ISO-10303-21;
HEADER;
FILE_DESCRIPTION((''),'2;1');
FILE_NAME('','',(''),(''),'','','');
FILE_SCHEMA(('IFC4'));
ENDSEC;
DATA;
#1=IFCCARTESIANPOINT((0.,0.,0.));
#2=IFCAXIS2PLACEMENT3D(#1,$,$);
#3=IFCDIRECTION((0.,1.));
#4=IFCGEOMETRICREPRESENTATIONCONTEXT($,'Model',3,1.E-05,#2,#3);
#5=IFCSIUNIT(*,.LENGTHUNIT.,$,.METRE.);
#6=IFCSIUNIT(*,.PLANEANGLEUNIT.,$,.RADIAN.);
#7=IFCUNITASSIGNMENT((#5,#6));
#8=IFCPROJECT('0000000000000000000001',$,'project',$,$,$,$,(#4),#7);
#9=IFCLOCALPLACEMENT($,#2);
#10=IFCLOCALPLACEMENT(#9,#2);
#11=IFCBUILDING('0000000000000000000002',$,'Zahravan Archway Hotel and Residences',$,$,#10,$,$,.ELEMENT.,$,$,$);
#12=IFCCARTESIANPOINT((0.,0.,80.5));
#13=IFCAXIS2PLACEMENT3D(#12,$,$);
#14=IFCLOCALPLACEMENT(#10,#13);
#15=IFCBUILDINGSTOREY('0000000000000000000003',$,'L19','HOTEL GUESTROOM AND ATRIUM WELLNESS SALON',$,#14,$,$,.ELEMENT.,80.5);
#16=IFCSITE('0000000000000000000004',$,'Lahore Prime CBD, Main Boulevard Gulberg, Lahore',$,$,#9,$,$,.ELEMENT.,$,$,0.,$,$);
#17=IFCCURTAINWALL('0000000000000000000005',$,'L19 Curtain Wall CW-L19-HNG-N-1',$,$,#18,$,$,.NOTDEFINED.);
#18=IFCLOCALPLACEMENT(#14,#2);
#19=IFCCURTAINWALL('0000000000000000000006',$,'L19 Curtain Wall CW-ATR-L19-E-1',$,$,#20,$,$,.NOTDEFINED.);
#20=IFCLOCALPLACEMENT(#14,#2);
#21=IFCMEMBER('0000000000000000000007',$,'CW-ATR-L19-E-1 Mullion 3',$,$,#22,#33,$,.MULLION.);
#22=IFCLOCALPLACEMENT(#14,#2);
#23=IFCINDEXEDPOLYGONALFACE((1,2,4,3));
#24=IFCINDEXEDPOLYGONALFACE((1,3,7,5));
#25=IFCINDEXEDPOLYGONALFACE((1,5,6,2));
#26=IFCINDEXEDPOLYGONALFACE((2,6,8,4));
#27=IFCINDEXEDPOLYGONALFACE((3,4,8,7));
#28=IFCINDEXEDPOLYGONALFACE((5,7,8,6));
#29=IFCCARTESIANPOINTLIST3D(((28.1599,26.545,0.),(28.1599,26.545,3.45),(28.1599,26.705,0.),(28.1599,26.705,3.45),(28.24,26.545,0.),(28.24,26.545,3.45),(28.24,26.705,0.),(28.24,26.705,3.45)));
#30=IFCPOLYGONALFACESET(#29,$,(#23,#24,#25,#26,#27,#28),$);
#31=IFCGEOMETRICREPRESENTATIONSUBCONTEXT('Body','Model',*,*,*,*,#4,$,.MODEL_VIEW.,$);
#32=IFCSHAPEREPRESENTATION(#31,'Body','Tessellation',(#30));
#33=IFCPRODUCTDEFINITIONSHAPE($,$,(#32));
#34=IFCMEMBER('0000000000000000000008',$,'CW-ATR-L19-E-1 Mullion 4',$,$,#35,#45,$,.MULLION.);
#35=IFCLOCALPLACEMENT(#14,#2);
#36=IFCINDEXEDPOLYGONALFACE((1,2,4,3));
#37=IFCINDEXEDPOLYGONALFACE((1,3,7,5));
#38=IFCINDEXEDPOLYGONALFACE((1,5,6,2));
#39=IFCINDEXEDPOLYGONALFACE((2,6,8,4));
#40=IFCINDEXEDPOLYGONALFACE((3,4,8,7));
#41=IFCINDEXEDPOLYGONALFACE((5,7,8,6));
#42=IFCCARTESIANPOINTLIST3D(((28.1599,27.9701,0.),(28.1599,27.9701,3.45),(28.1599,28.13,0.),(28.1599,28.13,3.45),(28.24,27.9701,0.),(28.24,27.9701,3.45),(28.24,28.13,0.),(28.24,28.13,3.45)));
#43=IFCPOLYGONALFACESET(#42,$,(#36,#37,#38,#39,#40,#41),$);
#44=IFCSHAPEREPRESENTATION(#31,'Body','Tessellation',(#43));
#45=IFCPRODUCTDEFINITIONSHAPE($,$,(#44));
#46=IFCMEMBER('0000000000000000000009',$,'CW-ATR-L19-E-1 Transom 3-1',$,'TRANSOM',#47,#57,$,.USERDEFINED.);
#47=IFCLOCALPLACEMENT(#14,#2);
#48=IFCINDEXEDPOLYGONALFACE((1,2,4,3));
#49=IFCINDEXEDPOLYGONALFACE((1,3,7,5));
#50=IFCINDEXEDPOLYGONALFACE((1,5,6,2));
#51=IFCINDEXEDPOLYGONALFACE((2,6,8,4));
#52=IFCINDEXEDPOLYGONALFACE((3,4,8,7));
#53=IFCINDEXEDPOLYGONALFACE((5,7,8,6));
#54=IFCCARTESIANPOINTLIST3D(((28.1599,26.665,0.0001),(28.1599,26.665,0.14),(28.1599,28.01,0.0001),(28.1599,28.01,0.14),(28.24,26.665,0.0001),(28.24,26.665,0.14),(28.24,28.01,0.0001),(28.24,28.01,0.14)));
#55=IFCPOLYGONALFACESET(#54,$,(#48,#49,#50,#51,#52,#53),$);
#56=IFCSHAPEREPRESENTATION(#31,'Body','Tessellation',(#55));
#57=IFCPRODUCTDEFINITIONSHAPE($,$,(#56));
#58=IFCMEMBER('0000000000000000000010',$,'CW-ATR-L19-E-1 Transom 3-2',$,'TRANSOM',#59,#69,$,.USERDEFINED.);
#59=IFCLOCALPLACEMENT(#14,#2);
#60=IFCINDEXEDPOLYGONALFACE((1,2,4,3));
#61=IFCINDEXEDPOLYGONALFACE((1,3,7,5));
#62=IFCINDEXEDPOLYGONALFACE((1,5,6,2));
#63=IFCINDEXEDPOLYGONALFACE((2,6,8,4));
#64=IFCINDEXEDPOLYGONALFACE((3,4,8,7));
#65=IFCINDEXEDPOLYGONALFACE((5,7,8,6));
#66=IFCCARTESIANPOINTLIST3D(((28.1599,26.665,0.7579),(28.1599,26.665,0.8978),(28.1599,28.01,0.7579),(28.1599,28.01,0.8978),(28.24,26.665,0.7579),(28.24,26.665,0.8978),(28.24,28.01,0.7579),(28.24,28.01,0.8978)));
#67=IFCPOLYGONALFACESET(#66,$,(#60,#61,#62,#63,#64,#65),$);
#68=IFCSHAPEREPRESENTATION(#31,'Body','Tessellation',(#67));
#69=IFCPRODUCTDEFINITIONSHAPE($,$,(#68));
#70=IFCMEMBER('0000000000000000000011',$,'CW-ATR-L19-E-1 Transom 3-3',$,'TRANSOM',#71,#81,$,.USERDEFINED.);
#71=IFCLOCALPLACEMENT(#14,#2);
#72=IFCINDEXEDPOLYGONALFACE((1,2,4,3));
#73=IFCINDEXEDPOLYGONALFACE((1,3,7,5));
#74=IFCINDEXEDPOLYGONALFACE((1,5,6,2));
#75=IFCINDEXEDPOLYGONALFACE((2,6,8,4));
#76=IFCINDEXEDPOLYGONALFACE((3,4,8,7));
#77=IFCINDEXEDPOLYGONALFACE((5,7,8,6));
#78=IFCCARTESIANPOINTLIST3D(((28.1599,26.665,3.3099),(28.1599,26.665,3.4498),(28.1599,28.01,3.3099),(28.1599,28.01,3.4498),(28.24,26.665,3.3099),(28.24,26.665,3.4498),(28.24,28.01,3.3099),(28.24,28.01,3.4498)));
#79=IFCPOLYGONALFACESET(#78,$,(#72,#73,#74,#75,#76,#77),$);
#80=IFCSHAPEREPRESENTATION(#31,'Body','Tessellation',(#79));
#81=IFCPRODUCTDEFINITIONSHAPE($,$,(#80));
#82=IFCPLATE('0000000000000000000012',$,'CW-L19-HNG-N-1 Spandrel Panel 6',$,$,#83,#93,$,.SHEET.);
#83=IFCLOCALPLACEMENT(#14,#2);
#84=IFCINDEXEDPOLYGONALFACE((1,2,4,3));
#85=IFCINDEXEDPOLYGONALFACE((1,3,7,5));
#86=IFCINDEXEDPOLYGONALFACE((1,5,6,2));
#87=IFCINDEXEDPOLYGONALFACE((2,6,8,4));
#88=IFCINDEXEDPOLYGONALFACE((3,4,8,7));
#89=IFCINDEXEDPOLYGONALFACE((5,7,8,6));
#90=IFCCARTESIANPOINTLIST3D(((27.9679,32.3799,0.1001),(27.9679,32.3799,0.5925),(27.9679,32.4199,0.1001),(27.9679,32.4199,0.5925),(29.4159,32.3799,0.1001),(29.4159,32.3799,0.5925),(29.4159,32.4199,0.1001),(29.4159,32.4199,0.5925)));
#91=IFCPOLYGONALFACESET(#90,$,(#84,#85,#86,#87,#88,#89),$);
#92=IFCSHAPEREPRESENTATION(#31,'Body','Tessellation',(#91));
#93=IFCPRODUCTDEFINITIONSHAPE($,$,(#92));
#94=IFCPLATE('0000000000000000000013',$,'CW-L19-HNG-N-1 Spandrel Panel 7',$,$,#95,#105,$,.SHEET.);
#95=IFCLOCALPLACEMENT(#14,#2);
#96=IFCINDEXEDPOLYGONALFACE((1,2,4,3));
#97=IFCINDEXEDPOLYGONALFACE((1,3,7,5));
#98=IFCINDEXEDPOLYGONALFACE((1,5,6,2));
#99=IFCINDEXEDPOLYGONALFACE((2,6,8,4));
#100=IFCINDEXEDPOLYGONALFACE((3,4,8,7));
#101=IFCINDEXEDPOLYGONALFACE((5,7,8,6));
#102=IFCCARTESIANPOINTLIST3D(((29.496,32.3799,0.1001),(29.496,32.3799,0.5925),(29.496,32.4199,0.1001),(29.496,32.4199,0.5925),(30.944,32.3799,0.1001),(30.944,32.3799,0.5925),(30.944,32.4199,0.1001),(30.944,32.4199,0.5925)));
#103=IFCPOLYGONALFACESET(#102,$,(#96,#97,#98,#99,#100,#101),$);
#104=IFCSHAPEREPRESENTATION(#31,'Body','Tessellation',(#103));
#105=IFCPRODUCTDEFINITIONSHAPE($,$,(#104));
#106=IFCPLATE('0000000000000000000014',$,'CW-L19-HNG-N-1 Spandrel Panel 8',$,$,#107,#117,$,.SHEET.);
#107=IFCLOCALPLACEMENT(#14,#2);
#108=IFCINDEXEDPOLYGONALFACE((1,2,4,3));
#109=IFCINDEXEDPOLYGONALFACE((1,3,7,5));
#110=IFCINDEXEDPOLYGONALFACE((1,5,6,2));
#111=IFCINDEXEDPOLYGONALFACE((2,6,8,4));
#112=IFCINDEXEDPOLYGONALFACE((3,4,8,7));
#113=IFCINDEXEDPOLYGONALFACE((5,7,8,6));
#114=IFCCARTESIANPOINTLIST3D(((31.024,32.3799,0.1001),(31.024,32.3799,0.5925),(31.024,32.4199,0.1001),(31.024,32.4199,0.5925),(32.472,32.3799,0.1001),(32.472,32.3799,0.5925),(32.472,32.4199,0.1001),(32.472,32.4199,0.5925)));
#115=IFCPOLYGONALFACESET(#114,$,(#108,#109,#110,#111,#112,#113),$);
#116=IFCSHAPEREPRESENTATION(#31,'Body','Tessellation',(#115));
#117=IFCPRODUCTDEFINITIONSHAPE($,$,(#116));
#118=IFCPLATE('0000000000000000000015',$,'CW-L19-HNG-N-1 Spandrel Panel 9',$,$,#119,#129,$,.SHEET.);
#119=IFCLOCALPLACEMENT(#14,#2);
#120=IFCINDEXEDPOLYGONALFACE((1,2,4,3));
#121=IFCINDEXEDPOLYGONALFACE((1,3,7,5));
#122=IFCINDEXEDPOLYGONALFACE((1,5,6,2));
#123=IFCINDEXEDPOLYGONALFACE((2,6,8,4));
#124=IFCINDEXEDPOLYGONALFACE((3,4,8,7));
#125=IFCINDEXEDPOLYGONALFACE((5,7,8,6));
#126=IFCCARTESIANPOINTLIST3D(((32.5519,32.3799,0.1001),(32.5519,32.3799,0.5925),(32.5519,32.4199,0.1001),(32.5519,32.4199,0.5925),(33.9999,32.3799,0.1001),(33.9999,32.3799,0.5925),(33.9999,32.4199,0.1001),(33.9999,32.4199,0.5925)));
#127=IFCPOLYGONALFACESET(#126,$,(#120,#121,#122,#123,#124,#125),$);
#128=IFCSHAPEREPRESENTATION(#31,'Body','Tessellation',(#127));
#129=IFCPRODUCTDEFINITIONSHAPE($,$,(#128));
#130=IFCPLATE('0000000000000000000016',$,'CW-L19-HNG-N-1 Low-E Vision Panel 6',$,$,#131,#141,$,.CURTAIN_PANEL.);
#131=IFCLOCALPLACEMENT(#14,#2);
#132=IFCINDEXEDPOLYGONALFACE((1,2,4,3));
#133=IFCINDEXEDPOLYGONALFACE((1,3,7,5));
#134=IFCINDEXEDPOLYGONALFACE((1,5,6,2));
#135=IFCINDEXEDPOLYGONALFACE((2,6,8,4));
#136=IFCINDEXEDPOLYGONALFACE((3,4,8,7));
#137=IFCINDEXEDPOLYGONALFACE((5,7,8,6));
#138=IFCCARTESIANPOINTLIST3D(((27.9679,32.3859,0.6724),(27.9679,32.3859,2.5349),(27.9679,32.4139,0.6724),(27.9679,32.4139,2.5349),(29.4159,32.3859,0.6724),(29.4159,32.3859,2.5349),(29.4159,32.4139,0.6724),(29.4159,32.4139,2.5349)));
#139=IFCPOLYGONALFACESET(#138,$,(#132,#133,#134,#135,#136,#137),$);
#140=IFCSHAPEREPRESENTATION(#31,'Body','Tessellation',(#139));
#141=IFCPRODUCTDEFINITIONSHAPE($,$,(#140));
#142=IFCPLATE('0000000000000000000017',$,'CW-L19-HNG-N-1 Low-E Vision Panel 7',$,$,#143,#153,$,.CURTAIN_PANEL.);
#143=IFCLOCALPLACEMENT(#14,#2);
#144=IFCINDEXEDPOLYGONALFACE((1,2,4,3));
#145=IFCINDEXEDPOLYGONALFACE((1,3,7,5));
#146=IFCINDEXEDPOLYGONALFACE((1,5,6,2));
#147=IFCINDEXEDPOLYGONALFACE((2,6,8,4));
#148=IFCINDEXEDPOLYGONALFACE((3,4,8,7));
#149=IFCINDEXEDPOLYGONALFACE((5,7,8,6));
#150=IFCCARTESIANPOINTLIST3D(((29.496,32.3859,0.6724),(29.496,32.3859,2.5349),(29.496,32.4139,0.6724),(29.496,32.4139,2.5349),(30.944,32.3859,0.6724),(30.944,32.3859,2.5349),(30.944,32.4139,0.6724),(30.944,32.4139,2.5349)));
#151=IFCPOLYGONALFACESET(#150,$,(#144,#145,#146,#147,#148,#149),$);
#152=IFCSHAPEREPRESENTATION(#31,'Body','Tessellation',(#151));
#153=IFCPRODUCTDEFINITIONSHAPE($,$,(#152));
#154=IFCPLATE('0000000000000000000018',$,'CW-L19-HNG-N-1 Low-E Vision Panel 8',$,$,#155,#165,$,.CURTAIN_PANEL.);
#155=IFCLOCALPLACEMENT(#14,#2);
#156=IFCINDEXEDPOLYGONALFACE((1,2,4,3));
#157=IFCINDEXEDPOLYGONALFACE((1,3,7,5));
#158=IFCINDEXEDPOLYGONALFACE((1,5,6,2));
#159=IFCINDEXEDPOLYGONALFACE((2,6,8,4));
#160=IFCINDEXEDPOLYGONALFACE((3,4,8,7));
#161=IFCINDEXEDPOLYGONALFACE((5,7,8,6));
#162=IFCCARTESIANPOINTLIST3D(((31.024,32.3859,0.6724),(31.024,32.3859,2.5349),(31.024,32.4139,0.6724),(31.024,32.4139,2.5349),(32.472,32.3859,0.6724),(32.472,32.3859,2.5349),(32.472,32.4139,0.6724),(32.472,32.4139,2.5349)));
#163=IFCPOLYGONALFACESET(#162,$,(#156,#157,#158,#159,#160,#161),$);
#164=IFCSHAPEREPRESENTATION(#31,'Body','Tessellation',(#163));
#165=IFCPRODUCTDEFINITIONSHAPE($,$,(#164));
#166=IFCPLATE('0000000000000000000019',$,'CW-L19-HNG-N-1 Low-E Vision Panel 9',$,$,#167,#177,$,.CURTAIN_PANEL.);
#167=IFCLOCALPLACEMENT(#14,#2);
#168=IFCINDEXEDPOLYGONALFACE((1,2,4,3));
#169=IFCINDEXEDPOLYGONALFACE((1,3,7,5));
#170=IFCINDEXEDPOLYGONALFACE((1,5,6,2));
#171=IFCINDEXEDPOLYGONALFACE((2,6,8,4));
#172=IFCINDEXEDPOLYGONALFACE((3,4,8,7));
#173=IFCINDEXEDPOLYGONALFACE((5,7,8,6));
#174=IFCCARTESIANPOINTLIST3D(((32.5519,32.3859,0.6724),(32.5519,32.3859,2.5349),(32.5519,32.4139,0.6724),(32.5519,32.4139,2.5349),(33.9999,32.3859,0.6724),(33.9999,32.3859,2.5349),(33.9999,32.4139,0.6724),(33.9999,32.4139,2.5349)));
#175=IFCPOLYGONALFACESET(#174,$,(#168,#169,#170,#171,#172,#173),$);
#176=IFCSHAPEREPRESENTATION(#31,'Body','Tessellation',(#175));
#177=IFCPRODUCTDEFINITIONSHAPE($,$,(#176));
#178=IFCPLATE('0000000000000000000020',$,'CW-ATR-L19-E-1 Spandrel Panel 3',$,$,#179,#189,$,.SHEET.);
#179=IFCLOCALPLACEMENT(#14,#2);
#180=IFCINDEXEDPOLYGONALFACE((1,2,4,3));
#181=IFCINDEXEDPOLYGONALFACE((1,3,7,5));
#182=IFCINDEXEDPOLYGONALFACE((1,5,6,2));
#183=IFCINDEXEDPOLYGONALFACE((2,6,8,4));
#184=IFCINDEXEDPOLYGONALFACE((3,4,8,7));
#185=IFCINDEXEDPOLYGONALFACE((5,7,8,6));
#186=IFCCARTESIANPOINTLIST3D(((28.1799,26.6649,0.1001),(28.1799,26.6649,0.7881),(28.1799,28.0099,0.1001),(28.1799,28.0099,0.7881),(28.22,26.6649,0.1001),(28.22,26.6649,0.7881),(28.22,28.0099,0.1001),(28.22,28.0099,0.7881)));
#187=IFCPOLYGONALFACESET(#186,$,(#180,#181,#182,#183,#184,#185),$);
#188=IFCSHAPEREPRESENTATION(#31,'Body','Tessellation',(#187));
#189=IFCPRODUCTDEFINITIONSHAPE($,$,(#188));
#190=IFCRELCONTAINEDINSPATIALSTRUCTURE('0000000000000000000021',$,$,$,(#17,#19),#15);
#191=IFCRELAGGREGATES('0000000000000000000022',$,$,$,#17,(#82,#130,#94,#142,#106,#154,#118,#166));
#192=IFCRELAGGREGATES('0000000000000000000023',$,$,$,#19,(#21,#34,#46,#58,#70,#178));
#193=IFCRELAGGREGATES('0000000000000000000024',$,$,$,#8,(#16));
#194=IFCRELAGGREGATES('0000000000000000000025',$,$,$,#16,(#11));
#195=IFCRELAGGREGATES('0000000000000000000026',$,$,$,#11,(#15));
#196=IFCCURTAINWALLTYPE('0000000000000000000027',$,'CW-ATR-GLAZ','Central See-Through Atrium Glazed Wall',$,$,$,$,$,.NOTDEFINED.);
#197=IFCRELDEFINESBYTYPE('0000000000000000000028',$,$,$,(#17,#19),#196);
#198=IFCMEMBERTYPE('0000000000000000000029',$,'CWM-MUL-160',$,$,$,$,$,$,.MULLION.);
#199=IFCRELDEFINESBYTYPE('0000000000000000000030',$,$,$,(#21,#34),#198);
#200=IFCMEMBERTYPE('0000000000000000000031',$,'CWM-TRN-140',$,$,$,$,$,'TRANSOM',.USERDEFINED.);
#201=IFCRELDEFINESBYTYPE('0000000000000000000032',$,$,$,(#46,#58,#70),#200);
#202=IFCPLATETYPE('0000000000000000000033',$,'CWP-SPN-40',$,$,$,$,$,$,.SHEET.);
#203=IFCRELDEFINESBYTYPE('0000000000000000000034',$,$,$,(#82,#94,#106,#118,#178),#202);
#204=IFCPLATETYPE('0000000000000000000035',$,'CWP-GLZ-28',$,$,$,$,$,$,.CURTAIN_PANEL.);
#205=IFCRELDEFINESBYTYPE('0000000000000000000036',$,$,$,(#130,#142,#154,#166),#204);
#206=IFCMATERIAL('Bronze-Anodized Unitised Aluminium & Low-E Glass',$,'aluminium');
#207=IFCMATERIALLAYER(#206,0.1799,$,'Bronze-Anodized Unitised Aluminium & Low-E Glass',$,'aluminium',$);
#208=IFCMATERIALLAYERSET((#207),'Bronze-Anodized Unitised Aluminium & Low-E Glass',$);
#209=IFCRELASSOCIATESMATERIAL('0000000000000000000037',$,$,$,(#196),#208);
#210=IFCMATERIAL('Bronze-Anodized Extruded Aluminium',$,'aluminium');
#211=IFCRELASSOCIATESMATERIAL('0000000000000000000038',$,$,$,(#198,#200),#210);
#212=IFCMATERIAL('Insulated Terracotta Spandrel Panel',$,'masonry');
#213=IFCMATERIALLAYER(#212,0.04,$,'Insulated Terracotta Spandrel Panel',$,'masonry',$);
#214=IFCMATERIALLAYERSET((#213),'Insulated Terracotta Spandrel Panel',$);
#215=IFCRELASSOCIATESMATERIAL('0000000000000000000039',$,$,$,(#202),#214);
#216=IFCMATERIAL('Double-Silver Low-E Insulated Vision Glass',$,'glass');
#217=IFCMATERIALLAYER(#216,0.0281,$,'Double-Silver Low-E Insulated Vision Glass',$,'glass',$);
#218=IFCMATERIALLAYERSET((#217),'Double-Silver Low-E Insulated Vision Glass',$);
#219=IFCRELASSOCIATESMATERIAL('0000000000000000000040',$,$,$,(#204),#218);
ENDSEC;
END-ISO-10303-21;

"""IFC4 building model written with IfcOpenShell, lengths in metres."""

from ifc_helpers import new_model, si_unit, direction, frame, origin, origin_2d, place, context, subcontext, project, spatial, rectangle, extrude, source, transform, mapped, material, layer, layer_set, material_profile, profile_set, type_object, element, aggregate, save


model = new_model("IFC4")

# Units and contexts
model_context = context("Model", 3, precision=1e-05, world=origin(), true_north=direction((0.0, 1.0)))
body_context = subcontext(model_context, "Body", "Model", "MODEL_VIEW")
ifc_project = project(units=[si_unit("LENGTHUNIT", "METRE"), si_unit("PLANEANGLEUNIT", "RADIAN")], contexts=[model_context])

# Site, building, storey
site_placement = place(None, origin())
site = spatial("IfcSite", under=ifc_project, at=site_placement, Name="Lahore Prime CBD, Main Boulevard Gulberg, Lahore", CompositionType="ELEMENT", RefElevation=0.0)
building_placement = place(site_placement, origin())
building = spatial("IfcBuilding", under=site, at=building_placement, Name="Zahravan Archway Hotel and Residences", CompositionType="ELEMENT")
storey_placement = place(building_placement, frame((0.0, 0.0, 80.5)))
storey = spatial("IfcBuildingStorey", under=building, at=storey_placement, Name="L19", Description="HOTEL GUESTROOM AND ATRIUM WELLNESS SALON", CompositionType="ELEMENT", Elevation=80.5)

# Curtain wall
ifc_material_1 = material(Name="Bronze-Anodized Unitised Aluminium & Low-E Glass", Category="aluminium")
ifc_layer_1 = layer(ifc_material_1, 0.1799, Name="Bronze-Anodized Unitised Aluminium & Low-E Glass", Category="aluminium")
ifc_layer_set_1 = layer_set([ifc_layer_1], Name="Bronze-Anodized Unitised Aluminium & Low-E Glass")
curtain_wall_type = type_object("IfcCurtainWallType", Name="CW-ATR-GLAZ", Description="Central See-Through Atrium Glazed Wall", PredefinedType="NOTDEFINED", material=ifc_layer_set_1)
curtain_wall_1_placement = place(storey_placement, origin())
curtain_wall_1 = element("IfcCurtainWall", 1, at=curtain_wall_1_placement, inside=storey, type_object=curtain_wall_type, Name="L19 Curtain Wall CW-L19-HNG-N-1", PredefinedType="NOTDEFINED")
ifc_material_2 = material(Name="Bronze-Anodized Extruded Aluminium", Category="aluminium")
ifc_material_profile_1 = material_profile(ifc_material_2, rectangle(XDim=0.0801, YDim=0.1599, at=origin_2d()), Name="MUL 80x160", Category="aluminium")
ifc_profile_set_1 = profile_set([ifc_material_profile_1], Name="Bronze-Anodized Extruded Aluminium")
member_type_1 = type_object("IfcMemberType", Name="CWM-MUL-160", PredefinedType="MULLION", material=ifc_profile_set_1)
ifc_material_profile_2 = material_profile(ifc_material_2, rectangle(XDim=0.0801, YDim=0.1399, at=origin_2d()), Name="TRN 80x140", Category="aluminium")
ifc_profile_set_2 = profile_set([ifc_material_profile_2], Name="Bronze-Anodized Extruded Aluminium")
member_type_2 = type_object("IfcMemberType", Name="CWM-TRN-140", ElementType="TRANSOM", PredefinedType="USERDEFINED", material=ifc_profile_set_2)

# Shared definitions
shared_shape_1 = source(origin(), body_context, "Body", "SweptSolid", [
    extrude(rectangle(XDim=0.0801, YDim=0.1599, at=origin_2d()), origin(), (0.0, 0.0, 1.0), 3.45),
])

# Curtain wall, members
curtain_wall_2_placement = place(storey_placement, origin())
curtain_wall_2 = element("IfcCurtainWall", 2, at=curtain_wall_2_placement, inside=storey, type_object=curtain_wall_type, Name="L19 Curtain Wall CW-ATR-L19-E-1", PredefinedType="NOTDEFINED")
member_1_placement = place(storey_placement, frame((28.2, 26.625, 0.0), z_axis=(0.0, 0.0, 1.0), x_axis=(1.0, 0.0, 0.0)))
member_1 = element("IfcMember", 3, at=member_1_placement, type_object=member_type_1, Name="CW-ATR-L19-E-1 Mullion 3", PredefinedType="MULLION", context=body_context, shape_type="MappedRepresentation", body=[
    mapped(shared_shape_1, transform((0.0, 0.0, 0.0), scale=1.0)),
])
member_2_placement = place(storey_placement, frame((28.2, 28.05, 0.0), z_axis=(0.0, 0.0, 1.0), x_axis=(1.0, 0.0, 0.0)))
member_2 = element("IfcMember", 4, at=member_2_placement, type_object=member_type_1, Name="CW-ATR-L19-E-1 Mullion 4", PredefinedType="MULLION", context=body_context, shape_type="MappedRepresentation", body=[
    mapped(shared_shape_1, transform((0.0, 0.0, 0.0), scale=1.0)),
])
shared_shape_2 = source(origin(), body_context, "Body", "SweptSolid", [
    extrude(rectangle(XDim=0.0801, YDim=0.1399, at=origin_2d()), origin(), (0.0, 0.0, 1.0), 1.345),
])
member_3_placement = place(storey_placement, frame((28.2, 26.665, 0.0701), z_axis=(0.0, 1.0, 0.0), x_axis=(-1.0, 0.0, 0.0)))
member_3 = element("IfcMember", 5, at=member_3_placement, type_object=member_type_2, Name="CW-ATR-L19-E-1 Transom 3-1", ObjectType="TRANSOM", PredefinedType="USERDEFINED", context=body_context, shape_type="MappedRepresentation", body=[
    mapped(shared_shape_2, transform((0.0, 0.0, 0.0), scale=1.0)),
])
member_4_placement = place(storey_placement, frame((28.2, 26.665, 0.8279), z_axis=(0.0, 1.0, 0.0), x_axis=(-1.0, 0.0, 0.0)))
member_4 = element("IfcMember", 6, at=member_4_placement, type_object=member_type_2, Name="CW-ATR-L19-E-1 Transom 3-2", ObjectType="TRANSOM", PredefinedType="USERDEFINED", context=body_context, shape_type="MappedRepresentation", body=[
    mapped(shared_shape_2, transform((0.0, 0.0, 0.0), scale=1.0)),
])
member_5_placement = place(storey_placement, frame((28.2, 26.665, 3.3799), z_axis=(0.0, 1.0, 0.0), x_axis=(-1.0, 0.0, 0.0)))
member_5 = element("IfcMember", 7, at=member_5_placement, type_object=member_type_2, Name="CW-ATR-L19-E-1 Transom 3-3", ObjectType="TRANSOM", PredefinedType="USERDEFINED", context=body_context, shape_type="MappedRepresentation", body=[
    mapped(shared_shape_2, transform((0.0, 0.0, 0.0), scale=1.0)),
])

# Plates
ifc_material_3 = material(Name="Insulated Terracotta Spandrel Panel", Category="masonry")
ifc_layer_2 = layer(ifc_material_3, 0.04, Name="Insulated Terracotta Spandrel Panel", Category="masonry")
ifc_layer_set_2 = layer_set([ifc_layer_2], Name="Insulated Terracotta Spandrel Panel")
plate_type_1 = type_object("IfcPlateType", Name="CWP-SPN-40", PredefinedType="SHEET", material=ifc_layer_set_2)
shared_shape_3 = source(origin(), body_context, "Body", "SweptSolid", [
    extrude(rectangle(XDim=1.448, YDim=0.04, at=origin_2d()), origin(), (0.0, 0.0, 1.0), 0.4924),
])
plate_1_placement = place(storey_placement, frame((28.6919, 32.3999, 0.1001), z_axis=(0.0, 0.0, 1.0), x_axis=(1.0, 0.0, 0.0)))
plate_1 = element("IfcPlate", 8, at=plate_1_placement, type_object=plate_type_1, Name="CW-L19-HNG-N-1 Spandrel Panel 6", PredefinedType="SHEET", context=body_context, shape_type="MappedRepresentation", body=[
    mapped(shared_shape_3, transform((0.0, 0.0, 0.0), scale=1.0)),
])
plate_2_placement = place(storey_placement, frame((30.22, 32.3999, 0.1001), z_axis=(0.0, 0.0, 1.0), x_axis=(1.0, 0.0, 0.0)))
plate_2 = element("IfcPlate", 9, at=plate_2_placement, type_object=plate_type_1, Name="CW-L19-HNG-N-1 Spandrel Panel 7", PredefinedType="SHEET", context=body_context, shape_type="MappedRepresentation", body=[
    mapped(shared_shape_3, transform((0.0, 0.0, 0.0), scale=1.0)),
])
plate_3_placement = place(storey_placement, frame((31.748, 32.3999, 0.1001), z_axis=(0.0, 0.0, 1.0), x_axis=(1.0, 0.0, 0.0)))
plate_3 = element("IfcPlate", 10, at=plate_3_placement, type_object=plate_type_1, Name="CW-L19-HNG-N-1 Spandrel Panel 8", PredefinedType="SHEET", context=body_context, shape_type="MappedRepresentation", body=[
    mapped(shared_shape_3, transform((0.0, 0.0, 0.0), scale=1.0)),
])
plate_4_placement = place(storey_placement, frame((33.2759, 32.3999, 0.1001), z_axis=(0.0, 0.0, 1.0), x_axis=(1.0, 0.0, 0.0)))
plate_4 = element("IfcPlate", 11, at=plate_4_placement, type_object=plate_type_1, Name="CW-L19-HNG-N-1 Spandrel Panel 9", PredefinedType="SHEET", context=body_context, shape_type="MappedRepresentation", body=[
    mapped(shared_shape_3, transform((0.0, 0.0, 0.0), scale=1.0)),
])
ifc_material_4 = material(Name="Double-Silver Low-E Insulated Vision Glass", Category="glass")
ifc_layer_3 = layer(ifc_material_4, 0.0281, Name="Double-Silver Low-E Insulated Vision Glass", Category="glass")
ifc_layer_set_3 = layer_set([ifc_layer_3], Name="Double-Silver Low-E Insulated Vision Glass")
plate_type_2 = type_object("IfcPlateType", Name="CWP-GLZ-28", PredefinedType="CURTAIN_PANEL", material=ifc_layer_set_3)
shared_shape_4 = source(origin(), body_context, "Body", "SweptSolid", [
    extrude(rectangle(XDim=1.448, YDim=0.0281, at=origin_2d()), origin(), (0.0, 0.0, 1.0), 1.8625),
])
plate_5_placement = place(storey_placement, frame((28.6919, 32.3999, 0.6724), z_axis=(0.0, 0.0, 1.0), x_axis=(1.0, 0.0, 0.0)))
plate_5 = element("IfcPlate", 12, at=plate_5_placement, type_object=plate_type_2, Name="CW-L19-HNG-N-1 Low-E Vision Panel 6", PredefinedType="CURTAIN_PANEL", context=body_context, shape_type="MappedRepresentation", body=[
    mapped(shared_shape_4, transform((0.0, 0.0, 0.0), scale=1.0)),
])
plate_6_placement = place(storey_placement, frame((30.22, 32.3999, 0.6724), z_axis=(0.0, 0.0, 1.0), x_axis=(1.0, 0.0, 0.0)))
plate_6 = element("IfcPlate", 13, at=plate_6_placement, type_object=plate_type_2, Name="CW-L19-HNG-N-1 Low-E Vision Panel 7", PredefinedType="CURTAIN_PANEL", context=body_context, shape_type="MappedRepresentation", body=[
    mapped(shared_shape_4, transform((0.0, 0.0, 0.0), scale=1.0)),
])
plate_7_placement = place(storey_placement, frame((31.748, 32.3999, 0.6724), z_axis=(0.0, 0.0, 1.0), x_axis=(1.0, 0.0, 0.0)))
plate_7 = element("IfcPlate", 14, at=plate_7_placement, type_object=plate_type_2, Name="CW-L19-HNG-N-1 Low-E Vision Panel 8", PredefinedType="CURTAIN_PANEL", context=body_context, shape_type="MappedRepresentation", body=[
    mapped(shared_shape_4, transform((0.0, 0.0, 0.0), scale=1.0)),
])
plate_8_placement = place(storey_placement, frame((33.2759, 32.3999, 0.6724), z_axis=(0.0, 0.0, 1.0), x_axis=(1.0, 0.0, 0.0)))
plate_8 = element("IfcPlate", 15, at=plate_8_placement, type_object=plate_type_2, Name="CW-L19-HNG-N-1 Low-E Vision Panel 9", PredefinedType="CURTAIN_PANEL", context=body_context, shape_type="MappedRepresentation", body=[
    mapped(shared_shape_4, transform((0.0, 0.0, 0.0), scale=1.0)),
])
aggregate(curtain_wall_1, [plate_1, plate_5, plate_2, plate_6, plate_3, plate_7, plate_4, plate_8])
shared_shape_5 = source(origin(), body_context, "Body", "SweptSolid", [
    extrude(rectangle(XDim=1.345, YDim=0.04, at=origin_2d()), origin(), (0.0, 0.0, 1.0), 0.688),
])
plate_9_placement = place(storey_placement, frame((28.2, 27.3374, 0.1001), z_axis=(0.0, 0.0, 1.0), x_axis=(0.0, 1.0, 0.0)))
plate_9 = element("IfcPlate", 16, at=plate_9_placement, type_object=plate_type_1, Name="CW-ATR-L19-E-1 Spandrel Panel 3", PredefinedType="SHEET", context=body_context, shape_type="MappedRepresentation", body=[
    mapped(shared_shape_5, transform((0.0, 0.0, 0.0), scale=1.0)),
])
aggregate(curtain_wall_2, [member_1, member_2, member_3, member_4, member_5, plate_9])

save(model, "model.ifc")
